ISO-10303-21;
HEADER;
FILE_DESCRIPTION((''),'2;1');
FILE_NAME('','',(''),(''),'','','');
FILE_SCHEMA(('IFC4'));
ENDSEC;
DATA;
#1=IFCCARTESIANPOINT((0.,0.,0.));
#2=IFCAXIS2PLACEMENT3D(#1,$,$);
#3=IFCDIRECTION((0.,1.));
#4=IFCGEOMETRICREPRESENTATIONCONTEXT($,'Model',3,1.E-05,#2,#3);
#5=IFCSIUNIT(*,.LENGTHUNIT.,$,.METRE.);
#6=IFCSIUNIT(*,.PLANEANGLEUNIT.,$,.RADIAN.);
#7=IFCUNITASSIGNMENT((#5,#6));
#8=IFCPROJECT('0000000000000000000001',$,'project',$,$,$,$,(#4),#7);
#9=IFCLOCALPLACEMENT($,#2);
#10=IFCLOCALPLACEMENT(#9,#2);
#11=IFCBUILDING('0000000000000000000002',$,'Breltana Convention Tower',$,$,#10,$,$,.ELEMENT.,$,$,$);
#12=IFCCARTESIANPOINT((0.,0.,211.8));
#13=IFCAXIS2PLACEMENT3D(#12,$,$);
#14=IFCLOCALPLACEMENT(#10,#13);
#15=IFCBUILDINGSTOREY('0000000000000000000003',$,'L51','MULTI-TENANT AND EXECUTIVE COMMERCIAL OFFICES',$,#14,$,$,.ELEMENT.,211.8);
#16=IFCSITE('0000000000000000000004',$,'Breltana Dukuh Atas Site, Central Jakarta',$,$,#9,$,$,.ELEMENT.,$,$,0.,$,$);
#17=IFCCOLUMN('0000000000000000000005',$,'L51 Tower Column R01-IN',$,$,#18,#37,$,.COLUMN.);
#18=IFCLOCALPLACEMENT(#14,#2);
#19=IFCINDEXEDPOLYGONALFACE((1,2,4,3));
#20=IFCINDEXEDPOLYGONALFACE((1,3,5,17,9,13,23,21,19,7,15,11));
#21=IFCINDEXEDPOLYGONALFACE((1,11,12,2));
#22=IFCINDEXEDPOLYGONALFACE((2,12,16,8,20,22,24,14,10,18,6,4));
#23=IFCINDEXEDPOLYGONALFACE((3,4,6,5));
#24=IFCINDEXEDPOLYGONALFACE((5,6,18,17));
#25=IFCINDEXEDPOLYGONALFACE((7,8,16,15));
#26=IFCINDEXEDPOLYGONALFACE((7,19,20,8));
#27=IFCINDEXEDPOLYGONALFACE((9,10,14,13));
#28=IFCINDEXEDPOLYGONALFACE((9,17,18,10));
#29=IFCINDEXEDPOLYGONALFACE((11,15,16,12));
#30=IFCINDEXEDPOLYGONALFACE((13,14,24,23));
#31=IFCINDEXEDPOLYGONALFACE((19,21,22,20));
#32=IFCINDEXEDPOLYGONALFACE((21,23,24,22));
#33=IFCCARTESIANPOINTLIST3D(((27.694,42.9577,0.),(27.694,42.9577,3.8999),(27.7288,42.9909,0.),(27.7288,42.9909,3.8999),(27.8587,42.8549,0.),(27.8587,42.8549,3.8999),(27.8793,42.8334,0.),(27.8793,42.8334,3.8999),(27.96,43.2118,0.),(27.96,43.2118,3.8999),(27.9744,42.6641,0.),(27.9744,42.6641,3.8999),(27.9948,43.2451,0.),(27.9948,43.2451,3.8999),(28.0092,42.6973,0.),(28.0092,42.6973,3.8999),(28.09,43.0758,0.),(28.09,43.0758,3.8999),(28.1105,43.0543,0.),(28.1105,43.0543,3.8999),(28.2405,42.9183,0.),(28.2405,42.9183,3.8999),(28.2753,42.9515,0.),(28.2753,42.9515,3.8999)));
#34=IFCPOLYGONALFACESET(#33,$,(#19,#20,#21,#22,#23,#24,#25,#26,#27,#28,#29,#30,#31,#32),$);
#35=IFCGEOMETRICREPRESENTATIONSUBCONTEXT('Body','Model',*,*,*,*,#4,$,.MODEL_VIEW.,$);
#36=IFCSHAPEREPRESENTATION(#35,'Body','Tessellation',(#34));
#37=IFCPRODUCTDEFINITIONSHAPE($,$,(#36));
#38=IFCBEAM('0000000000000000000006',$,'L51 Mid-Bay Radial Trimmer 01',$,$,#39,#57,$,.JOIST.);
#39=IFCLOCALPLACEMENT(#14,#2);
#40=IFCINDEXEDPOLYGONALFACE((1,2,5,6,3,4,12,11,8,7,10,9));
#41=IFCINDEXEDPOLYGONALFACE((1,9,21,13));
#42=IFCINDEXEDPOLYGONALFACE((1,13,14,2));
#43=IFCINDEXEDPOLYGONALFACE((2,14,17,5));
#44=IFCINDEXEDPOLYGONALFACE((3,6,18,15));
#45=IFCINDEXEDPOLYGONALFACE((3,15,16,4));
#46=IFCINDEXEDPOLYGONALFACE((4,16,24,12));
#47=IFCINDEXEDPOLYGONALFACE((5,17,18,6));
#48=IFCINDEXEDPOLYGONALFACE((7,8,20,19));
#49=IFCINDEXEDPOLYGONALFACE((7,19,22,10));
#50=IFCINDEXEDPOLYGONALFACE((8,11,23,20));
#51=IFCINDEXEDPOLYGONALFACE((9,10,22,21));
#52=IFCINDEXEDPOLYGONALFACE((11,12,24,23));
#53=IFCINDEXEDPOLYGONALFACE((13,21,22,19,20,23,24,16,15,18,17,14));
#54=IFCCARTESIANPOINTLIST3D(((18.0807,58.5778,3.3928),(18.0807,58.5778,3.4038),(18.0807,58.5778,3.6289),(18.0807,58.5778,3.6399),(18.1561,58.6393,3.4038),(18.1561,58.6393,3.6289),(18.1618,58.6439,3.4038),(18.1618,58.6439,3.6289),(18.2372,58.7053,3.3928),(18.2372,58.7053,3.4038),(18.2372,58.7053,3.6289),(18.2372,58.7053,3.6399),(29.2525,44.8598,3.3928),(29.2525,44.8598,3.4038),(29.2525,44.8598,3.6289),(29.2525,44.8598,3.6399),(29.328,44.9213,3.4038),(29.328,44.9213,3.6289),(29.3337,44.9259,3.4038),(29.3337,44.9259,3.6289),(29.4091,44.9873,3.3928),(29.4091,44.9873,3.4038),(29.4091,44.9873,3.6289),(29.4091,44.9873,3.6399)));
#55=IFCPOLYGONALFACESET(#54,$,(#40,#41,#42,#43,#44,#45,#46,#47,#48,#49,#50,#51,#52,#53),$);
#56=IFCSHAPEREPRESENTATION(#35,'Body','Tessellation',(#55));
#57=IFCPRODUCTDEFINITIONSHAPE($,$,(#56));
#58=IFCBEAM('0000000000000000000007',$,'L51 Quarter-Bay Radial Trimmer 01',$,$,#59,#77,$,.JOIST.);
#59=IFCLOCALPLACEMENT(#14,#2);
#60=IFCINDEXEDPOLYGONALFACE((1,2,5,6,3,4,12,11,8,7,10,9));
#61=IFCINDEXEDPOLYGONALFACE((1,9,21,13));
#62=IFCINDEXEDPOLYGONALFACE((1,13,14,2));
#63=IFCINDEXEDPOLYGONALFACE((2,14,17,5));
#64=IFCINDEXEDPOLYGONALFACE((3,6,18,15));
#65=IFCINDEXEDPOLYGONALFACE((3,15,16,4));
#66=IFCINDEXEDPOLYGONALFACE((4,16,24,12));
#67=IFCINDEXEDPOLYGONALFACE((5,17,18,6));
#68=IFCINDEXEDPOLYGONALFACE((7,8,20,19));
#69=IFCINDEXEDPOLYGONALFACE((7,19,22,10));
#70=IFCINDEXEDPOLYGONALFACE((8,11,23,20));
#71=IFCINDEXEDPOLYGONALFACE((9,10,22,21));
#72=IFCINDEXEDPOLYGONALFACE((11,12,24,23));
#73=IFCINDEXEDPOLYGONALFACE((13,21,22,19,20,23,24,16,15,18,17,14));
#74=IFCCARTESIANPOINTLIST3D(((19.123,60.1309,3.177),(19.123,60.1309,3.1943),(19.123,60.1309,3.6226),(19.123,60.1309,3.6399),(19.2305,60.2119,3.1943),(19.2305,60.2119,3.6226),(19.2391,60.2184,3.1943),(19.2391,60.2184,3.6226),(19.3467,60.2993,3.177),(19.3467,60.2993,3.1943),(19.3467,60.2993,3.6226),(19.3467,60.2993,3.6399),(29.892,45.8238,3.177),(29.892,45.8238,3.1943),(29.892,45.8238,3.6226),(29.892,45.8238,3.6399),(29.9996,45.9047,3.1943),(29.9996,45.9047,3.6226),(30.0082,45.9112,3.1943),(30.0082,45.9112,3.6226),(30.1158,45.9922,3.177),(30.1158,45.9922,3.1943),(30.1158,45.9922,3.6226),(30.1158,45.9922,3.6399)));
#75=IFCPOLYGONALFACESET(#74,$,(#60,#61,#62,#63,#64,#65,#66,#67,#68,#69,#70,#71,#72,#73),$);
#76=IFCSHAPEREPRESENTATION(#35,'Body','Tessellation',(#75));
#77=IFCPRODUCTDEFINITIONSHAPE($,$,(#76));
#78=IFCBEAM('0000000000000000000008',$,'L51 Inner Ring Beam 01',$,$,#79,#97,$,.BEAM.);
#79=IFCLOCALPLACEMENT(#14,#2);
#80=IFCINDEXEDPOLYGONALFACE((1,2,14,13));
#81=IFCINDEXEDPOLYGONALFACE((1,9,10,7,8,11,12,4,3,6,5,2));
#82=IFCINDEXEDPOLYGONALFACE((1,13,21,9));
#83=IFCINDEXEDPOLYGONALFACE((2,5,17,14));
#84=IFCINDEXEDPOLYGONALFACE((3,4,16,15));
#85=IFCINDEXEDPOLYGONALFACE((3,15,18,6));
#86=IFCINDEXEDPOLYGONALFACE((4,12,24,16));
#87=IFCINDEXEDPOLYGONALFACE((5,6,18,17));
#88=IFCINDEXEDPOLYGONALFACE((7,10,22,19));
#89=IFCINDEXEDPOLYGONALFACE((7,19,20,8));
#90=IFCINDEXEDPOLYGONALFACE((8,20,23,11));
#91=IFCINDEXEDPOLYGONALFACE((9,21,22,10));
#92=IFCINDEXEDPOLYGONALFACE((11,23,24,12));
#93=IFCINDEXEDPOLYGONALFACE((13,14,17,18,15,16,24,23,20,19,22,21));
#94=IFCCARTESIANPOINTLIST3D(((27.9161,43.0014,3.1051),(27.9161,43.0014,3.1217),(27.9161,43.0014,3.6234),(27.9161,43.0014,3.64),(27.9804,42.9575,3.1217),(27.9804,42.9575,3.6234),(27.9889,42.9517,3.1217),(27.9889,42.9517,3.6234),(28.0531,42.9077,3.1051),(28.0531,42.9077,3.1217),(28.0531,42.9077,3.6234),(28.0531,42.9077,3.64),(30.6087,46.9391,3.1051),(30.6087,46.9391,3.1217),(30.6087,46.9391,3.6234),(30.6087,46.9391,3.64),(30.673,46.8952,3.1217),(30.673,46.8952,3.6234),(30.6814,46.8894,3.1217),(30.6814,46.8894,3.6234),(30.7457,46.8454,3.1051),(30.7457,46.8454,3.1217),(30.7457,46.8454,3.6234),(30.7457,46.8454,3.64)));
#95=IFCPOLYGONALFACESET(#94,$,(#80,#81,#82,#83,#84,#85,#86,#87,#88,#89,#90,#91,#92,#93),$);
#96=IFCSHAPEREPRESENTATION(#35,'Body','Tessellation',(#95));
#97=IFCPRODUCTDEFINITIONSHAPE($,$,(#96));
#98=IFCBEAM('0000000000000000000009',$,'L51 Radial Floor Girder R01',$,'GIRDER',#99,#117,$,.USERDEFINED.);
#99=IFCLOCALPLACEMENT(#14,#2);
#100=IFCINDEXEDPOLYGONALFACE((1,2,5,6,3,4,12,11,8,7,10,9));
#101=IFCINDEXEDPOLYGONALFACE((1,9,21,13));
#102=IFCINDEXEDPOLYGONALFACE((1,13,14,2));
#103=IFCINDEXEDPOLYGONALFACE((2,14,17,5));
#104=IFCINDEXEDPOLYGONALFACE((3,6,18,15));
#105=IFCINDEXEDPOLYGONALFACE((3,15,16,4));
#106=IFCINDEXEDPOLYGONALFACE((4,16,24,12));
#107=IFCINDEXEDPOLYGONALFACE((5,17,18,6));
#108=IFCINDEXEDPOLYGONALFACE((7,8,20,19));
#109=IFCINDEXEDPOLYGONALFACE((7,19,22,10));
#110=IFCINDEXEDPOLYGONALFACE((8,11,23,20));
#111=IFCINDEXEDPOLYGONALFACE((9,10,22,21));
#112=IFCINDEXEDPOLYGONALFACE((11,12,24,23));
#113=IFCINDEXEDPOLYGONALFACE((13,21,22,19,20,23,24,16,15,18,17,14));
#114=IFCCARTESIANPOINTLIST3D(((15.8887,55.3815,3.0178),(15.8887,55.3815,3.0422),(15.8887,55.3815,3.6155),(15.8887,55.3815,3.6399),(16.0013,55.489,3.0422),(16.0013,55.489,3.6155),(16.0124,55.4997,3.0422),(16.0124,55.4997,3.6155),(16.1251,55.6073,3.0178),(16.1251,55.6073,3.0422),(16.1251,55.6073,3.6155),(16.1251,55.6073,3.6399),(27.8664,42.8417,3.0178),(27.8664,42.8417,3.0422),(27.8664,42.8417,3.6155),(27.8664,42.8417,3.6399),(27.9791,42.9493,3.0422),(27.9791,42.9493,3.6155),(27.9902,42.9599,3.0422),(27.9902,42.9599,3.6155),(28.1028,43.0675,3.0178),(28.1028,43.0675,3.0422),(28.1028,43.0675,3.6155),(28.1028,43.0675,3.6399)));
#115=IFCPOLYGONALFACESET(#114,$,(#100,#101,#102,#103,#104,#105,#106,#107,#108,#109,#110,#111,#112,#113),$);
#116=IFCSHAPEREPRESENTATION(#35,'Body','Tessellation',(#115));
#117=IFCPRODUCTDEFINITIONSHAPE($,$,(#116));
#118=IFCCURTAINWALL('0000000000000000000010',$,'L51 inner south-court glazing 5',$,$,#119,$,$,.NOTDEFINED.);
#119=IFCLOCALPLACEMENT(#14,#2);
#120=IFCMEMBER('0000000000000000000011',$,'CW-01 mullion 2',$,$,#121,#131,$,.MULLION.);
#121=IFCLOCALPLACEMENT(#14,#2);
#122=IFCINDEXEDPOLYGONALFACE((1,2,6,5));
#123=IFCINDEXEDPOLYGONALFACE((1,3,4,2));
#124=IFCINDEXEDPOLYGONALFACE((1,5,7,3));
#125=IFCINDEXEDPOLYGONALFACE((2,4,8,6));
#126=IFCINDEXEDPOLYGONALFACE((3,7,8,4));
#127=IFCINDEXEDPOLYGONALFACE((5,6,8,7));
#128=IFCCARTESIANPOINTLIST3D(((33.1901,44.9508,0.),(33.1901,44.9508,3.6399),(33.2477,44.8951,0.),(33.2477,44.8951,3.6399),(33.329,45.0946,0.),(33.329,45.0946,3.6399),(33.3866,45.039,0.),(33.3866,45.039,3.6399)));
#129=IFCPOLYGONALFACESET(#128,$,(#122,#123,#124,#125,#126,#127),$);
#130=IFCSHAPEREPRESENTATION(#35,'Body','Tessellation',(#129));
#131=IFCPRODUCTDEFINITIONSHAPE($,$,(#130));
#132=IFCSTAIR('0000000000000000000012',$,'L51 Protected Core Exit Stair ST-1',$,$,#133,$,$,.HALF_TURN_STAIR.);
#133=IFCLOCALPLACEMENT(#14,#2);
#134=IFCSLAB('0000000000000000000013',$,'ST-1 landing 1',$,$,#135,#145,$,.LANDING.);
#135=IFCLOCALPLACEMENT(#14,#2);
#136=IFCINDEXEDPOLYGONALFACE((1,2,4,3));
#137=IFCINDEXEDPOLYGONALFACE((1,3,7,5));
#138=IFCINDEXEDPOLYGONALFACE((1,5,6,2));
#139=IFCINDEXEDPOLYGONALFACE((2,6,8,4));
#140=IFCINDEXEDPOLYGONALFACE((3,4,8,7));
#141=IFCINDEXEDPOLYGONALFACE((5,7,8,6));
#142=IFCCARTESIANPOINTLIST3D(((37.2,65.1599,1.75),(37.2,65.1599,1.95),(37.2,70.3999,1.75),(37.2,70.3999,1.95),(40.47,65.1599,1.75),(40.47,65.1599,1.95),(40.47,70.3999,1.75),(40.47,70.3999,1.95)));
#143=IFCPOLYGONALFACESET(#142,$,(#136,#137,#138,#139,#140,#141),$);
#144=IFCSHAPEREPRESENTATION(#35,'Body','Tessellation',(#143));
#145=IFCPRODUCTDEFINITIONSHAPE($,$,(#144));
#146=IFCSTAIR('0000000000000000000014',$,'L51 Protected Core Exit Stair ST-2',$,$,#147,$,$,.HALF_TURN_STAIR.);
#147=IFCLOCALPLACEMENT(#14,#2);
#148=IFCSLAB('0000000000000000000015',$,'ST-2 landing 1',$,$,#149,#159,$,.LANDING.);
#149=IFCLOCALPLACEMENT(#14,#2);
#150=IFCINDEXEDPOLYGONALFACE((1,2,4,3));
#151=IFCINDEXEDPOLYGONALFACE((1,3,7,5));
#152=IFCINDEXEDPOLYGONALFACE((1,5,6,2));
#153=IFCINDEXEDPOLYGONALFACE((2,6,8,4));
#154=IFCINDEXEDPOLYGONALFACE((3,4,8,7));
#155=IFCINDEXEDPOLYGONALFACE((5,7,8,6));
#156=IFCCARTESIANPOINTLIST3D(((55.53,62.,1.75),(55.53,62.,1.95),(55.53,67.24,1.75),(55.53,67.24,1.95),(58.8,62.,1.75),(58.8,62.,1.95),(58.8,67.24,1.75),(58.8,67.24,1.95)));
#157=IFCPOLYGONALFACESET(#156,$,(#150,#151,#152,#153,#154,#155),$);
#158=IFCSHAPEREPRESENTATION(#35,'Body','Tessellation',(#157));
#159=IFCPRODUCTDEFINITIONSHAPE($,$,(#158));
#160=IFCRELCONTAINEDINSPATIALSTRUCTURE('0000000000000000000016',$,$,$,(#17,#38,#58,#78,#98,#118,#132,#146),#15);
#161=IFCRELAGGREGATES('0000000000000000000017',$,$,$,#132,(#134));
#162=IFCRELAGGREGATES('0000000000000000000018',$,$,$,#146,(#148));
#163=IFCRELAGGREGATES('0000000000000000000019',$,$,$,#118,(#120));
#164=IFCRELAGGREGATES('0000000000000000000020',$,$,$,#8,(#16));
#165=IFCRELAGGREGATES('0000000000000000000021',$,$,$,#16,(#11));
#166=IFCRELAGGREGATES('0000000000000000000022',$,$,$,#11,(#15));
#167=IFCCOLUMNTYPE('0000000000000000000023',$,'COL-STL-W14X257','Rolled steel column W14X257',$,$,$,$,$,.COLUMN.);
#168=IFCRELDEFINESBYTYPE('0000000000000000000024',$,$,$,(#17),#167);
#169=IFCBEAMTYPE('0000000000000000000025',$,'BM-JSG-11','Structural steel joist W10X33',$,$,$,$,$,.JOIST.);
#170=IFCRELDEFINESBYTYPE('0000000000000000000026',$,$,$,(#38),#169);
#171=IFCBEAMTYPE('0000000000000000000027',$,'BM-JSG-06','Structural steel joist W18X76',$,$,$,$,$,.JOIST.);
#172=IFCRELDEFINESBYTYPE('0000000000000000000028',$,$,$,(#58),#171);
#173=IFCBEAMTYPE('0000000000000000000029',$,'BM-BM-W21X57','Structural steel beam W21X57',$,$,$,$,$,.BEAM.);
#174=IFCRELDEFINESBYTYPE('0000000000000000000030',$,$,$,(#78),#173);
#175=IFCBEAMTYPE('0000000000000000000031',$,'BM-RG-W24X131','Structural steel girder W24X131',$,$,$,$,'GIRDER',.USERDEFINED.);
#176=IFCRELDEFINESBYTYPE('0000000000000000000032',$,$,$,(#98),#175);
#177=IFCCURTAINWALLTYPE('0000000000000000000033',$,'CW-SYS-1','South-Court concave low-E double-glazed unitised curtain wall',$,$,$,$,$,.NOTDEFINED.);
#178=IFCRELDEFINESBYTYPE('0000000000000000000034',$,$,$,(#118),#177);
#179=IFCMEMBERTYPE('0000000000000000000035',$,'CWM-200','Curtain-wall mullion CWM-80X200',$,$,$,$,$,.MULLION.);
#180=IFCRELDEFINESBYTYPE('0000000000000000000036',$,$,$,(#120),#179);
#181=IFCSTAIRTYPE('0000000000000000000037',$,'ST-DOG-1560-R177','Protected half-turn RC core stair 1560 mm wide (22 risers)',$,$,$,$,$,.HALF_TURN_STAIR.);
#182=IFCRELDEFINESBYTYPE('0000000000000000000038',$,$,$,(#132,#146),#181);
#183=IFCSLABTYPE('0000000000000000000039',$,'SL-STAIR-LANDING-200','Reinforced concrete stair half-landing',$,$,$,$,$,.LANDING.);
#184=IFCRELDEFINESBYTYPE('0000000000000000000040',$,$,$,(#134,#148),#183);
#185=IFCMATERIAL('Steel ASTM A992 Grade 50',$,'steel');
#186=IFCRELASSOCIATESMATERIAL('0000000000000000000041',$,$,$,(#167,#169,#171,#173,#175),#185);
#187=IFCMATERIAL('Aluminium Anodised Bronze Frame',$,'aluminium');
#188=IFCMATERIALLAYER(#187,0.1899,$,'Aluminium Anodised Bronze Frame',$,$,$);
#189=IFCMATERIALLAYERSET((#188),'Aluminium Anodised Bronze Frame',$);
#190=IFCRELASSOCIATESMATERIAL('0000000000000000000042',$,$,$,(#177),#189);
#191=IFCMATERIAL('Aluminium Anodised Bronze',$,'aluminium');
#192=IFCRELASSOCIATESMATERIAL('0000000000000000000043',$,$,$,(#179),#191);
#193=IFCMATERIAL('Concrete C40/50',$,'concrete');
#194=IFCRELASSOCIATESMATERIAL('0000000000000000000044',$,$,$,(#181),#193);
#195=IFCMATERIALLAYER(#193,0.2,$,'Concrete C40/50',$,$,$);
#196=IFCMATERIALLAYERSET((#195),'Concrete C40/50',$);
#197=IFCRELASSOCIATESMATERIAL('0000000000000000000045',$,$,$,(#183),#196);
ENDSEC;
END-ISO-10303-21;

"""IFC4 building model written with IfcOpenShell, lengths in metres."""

from ifc_helpers import new_model, si_unit, direction, frame, origin, origin_2d, place, context, subcontext, project, spatial, polyline, rectangle, i_section, outline, extrude, source, transform, mapped, material, layer, layer_set, material_profile, profile_set, type_object, type_shapes, element, aggregate, save


model = new_model("IFC4")

# Units and contexts
model_context = context("Model", 3, precision=1e-05, world=origin(), true_north=direction((0.0, 1.0)))
body_context = subcontext(model_context, "Body", "Model", "MODEL_VIEW")
ifc_project = project(units=[si_unit("LENGTHUNIT", "METRE"), si_unit("PLANEANGLEUNIT", "RADIAN")], contexts=[model_context])

# Site, building, storey
site_placement = place(None, origin())
site = spatial("IfcSite", under=ifc_project, at=site_placement, Name="Breltana Dukuh Atas Site, Central Jakarta", CompositionType="ELEMENT", RefElevation=0.0)
building_placement = place(site_placement, origin())
building = spatial("IfcBuilding", under=site, at=building_placement, Name="Breltana Convention Tower", CompositionType="ELEMENT")
storey_placement = place(building_placement, frame((0.0, 0.0, 211.8)))
storey = spatial("IfcBuildingStorey", under=building, at=storey_placement, Name="L51", Description="MULTI-TENANT AND EXECUTIVE COMMERCIAL OFFICES", CompositionType="ELEMENT", Elevation=211.8)

# Column
ifc_material_1 = material(Name="Steel ASTM A992 Grade 50", Category="steel")
ifc_material_profile_1 = material_profile(ifc_material_1, i_section(OverallWidth=0.406, OverallDepth=0.416, WebThickness=0.0298, FlangeThickness=0.0481, at=origin_2d()), Name="W14X257")
ifc_profile_set_1 = profile_set([ifc_material_profile_1], Name="Steel ASTM A992 Grade 50")
column_type = type_object("IfcColumnType", Name="COL-STL-W14X257", Description="Rolled steel column W14X257", PredefinedType="COLUMN", material=ifc_profile_set_1)
shared_shape_1 = source(origin(), body_context, "Body", "SweptSolid", [
    extrude(i_section(OverallWidth=0.406, OverallDepth=0.416, WebThickness=0.0298, FlangeThickness=0.0481, at=origin_2d()), origin(), (0.0, 0.0, 1.0), 3.8999),
])
column_placement = place(storey_placement, frame((27.9846, 42.9546, 0.0), z_axis=(0.0, 0.0, 1.0), x_axis=(-0.690756, 0.723088, 0.0)))
element("IfcColumn", 1, at=column_placement, inside=storey, type_object=column_type, Name="L51 Tower Column R01-IN", PredefinedType="COLUMN", context=body_context, shape_type="MappedRepresentation", body=[
    mapped(shared_shape_1, transform((0.0, 0.0, 0.0), scale=1.0)),
])

# Beams
ifc_material_profile_2 = material_profile(ifc_material_1, i_section(OverallWidth=0.2019, OverallDepth=0.2471, WebThickness=0.0073, FlangeThickness=0.011, at=origin_2d()), Name="W10X33")
ifc_profile_set_2 = profile_set([ifc_material_profile_2], Name="Steel ASTM A992 Grade 50")
beam_type_1 = type_object("IfcBeamType", Name="BM-JSG-11", Description="Structural steel joist W10X33", PredefinedType="JOIST", material=ifc_profile_set_2)
shared_shape_2 = source(origin(), body_context, "Body", "SweptSolid", [
    extrude(i_section(OverallWidth=0.2019, OverallDepth=0.2471, WebThickness=0.0073, FlangeThickness=0.011, at=origin_2d()), origin(), (0.0, 0.0, 1.0), 17.6917),
])
type_shapes(beam_type_1, [shared_shape_2])
beam_1_placement = place(storey_placement, frame((29.3308, 44.9236, 3.5164), z_axis=(-0.631477, 0.775395, 0.0), x_axis=(-0.775395, -0.631477, 0.0)))
element("IfcBeam", 2, at=beam_1_placement, inside=storey, type_object=beam_type_1, Name="L51 Mid-Bay Radial Trimmer 01", PredefinedType="JOIST", context=body_context, shape_type="MappedRepresentation", body=[
    mapped(shared_shape_2, transform((0.0, 0.0, 0.0), scale=1.0)),
])
ifc_material_profile_3 = material_profile(ifc_material_1, i_section(OverallWidth=0.28, OverallDepth=0.4629, WebThickness=0.0107, FlangeThickness=0.0173, at=origin_2d()), Name="W18X76")
ifc_profile_set_3 = profile_set([ifc_material_profile_3], Name="Steel ASTM A992 Grade 50")
beam_type_2 = type_object("IfcBeamType", Name="BM-JSG-06", Description="Structural steel joist W18X76", PredefinedType="JOIST", material=ifc_profile_set_3)
shared_shape_3 = source(origin(), body_context, "Body", "SweptSolid", [
    extrude(i_section(OverallWidth=0.28, OverallDepth=0.4629, WebThickness=0.0107, FlangeThickness=0.0173, at=origin_2d()), origin(), (0.0, 0.0, 1.0), 17.9072),
])
beam_2_placement = place(storey_placement, frame((30.0039, 45.908, 3.4084), z_axis=(-0.601382, 0.798962, 0.0), x_axis=(-0.798962, -0.601382, 0.0)))
element("IfcBeam", 3, at=beam_2_placement, inside=storey, type_object=beam_type_2, Name="L51 Quarter-Bay Radial Trimmer 01", PredefinedType="JOIST", context=body_context, shape_type="MappedRepresentation", body=[
    mapped(shared_shape_3, transform((0.0, 0.0, 0.0), scale=1.0)),
])
ifc_material_profile_4 = material_profile(ifc_material_1, i_section(OverallWidth=0.166, OverallDepth=0.5349, WebThickness=0.0103, FlangeThickness=0.0166, at=origin_2d()), Name="W21X57")
ifc_profile_set_4 = profile_set([ifc_material_profile_4], Name="Steel ASTM A992 Grade 50")
beam_type_3 = type_object("IfcBeamType", Name="BM-BM-W21X57", Description="Structural steel beam W21X57", PredefinedType="BEAM", material=ifc_profile_set_4)
shared_shape_4 = source(origin(), body_context, "Body", "SweptSolid", [
    extrude(i_section(OverallWidth=0.166, OverallDepth=0.5349, WebThickness=0.0103, FlangeThickness=0.0166, at=origin_2d()), origin(), (0.0, 0.0, 1.0), 4.7703),
])
beam_3_placement = place(storey_placement, frame((27.9846, 42.9546, 3.3726), z_axis=(0.564453, 0.825465, 0.0), x_axis=(-0.825465, 0.564453, 0.0)))
element("IfcBeam", 4, at=beam_3_placement, inside=storey, type_object=beam_type_3, Name="L51 Inner Ring Beam 01", PredefinedType="BEAM", context=body_context, shape_type="MappedRepresentation", body=[
    mapped(shared_shape_4, transform((0.0, 0.0, 0.0), scale=1.0)),
])
ifc_material_profile_5 = material_profile(ifc_material_1, i_section(OverallWidth=0.3269, OverallDepth=0.6221, WebThickness=0.0154, FlangeThickness=0.0244, at=origin_2d()), Name="W24X131")
ifc_profile_set_5 = profile_set([ifc_material_profile_5], Name="Steel ASTM A992 Grade 50")
beam_type_4 = type_object("IfcBeamType", Name="BM-RG-W24X131", Description="Structural steel girder W24X131", ElementType="GIRDER", PredefinedType="USERDEFINED", material=ifc_profile_set_5)
shared_shape_5 = source(origin(), body_context, "Body", "SweptSolid", [
    extrude(i_section(OverallWidth=0.3269, OverallDepth=0.6221, WebThickness=0.0154, FlangeThickness=0.0244, at=origin_2d()), origin(), (0.0, 0.0, 1.0), 17.3411),
])
type_shapes(beam_type_4, [shared_shape_5])
beam_4_placement = place(storey_placement, frame((27.9846, 42.9546, 3.3289), z_axis=(-0.690716, 0.723126, 0.0), x_axis=(-0.723126, -0.690716, 0.0)))
element("IfcBeam", 5, at=beam_4_placement, inside=storey, type_object=beam_type_4, Name="L51 Radial Floor Girder R01", ObjectType="GIRDER", PredefinedType="USERDEFINED", context=body_context, shape_type="MappedRepresentation", body=[
    mapped(shared_shape_5, transform((0.0, 0.0, 0.0), scale=1.0)),
])

# Curtain wall, member
ifc_material_2 = material(Name="Aluminium Anodised Bronze Frame", Category="aluminium")
ifc_layer_1 = layer(ifc_material_2, 0.1899, Name="Aluminium Anodised Bronze Frame")
ifc_layer_set_1 = layer_set([ifc_layer_1], Name="Aluminium Anodised Bronze Frame")
curtain_wall_type = type_object("IfcCurtainWallType", Name="CW-SYS-1", Description="South-Court concave low-E double-glazed unitised curtain wall", PredefinedType="NOTDEFINED", material=ifc_layer_set_1)
curtain_wall_placement = place(storey_placement, origin())
curtain_wall = element("IfcCurtainWall", 6, at=curtain_wall_placement, inside=storey, type_object=curtain_wall_type, Name="L51 inner south-court glazing 5", PredefinedType="NOTDEFINED")
ifc_material_3 = material(Name="Aluminium Anodised Bronze", Category="aluminium")
ifc_material_profile_6 = material_profile(ifc_material_3, rectangle(XDim=0.0801, YDim=0.2, at=origin_2d()), Name="CWM-80X200")
ifc_profile_set_6 = profile_set([ifc_material_profile_6], Name="Aluminium Anodised Bronze")
member_type = type_object("IfcMemberType", Name="CWM-200", Description="Curtain-wall mullion CWM-80X200", PredefinedType="MULLION", material=ifc_profile_set_6)
shared_shape_6 = source(origin(), body_context, "Body", "SweptSolid", [
    extrude(rectangle(XDim=0.0801, YDim=0.2, at=origin_2d()), origin(), (0.0, 0.0, 1.0), 3.6399),
])
member_placement = place(storey_placement, frame((33.2883, 44.9949, 0.0), z_axis=(0.0, 0.0, 1.0), x_axis=(0.719366, -0.694632, 0.0)))
member = element("IfcMember", 7, at=member_placement, type_object=member_type, Name="CW-01 mullion 2", PredefinedType="MULLION", context=body_context, shape_type="MappedRepresentation", body=[
    mapped(shared_shape_6, transform((0.0, 0.0, 0.0), scale=1.0)),
])

# Stairs, slabs
ifc_material_4 = material(Name="Concrete C40/50", Category="concrete")
stair_type = type_object("IfcStairType", Name="ST-DOG-1560-R177", Description="Protected half-turn RC core stair 1560 mm wide (22 risers)", PredefinedType="HALF_TURN_STAIR", material=ifc_material_4)
stair_1_placement = place(storey_placement, origin())
stair_1 = element("IfcStair", 8, at=stair_1_placement, inside=storey, type_object=stair_type, Name="L51 Protected Core Exit Stair ST-1", PredefinedType="HALF_TURN_STAIR")
ifc_layer_2 = layer(ifc_material_4, 0.2, Name="Concrete C40/50")
ifc_layer_set_2 = layer_set([ifc_layer_2], Name="Concrete C40/50")
slab_type_1 = type_object("IfcSlabType", Name="SL-STAIR-LANDING-200", Description="Reinforced concrete stair half-landing", PredefinedType="LANDING", material=ifc_layer_set_2)
slab_1_placement = place(storey_placement, frame((0.0, 0.0, 1.75)))
slab_1 = element("IfcSlab", 9, at=slab_1_placement, type_object=slab_type_1, Name="ST-1 landing 1", PredefinedType="LANDING", context=body_context, shape_type="SweptSolid", body=[
    extrude(outline(polyline([(40.47, 65.1599), (40.47, 70.3999), (37.2, 70.3999), (37.2, 65.1599), (40.47, 65.1599)])), origin(), (0.0, 0.0, 1.0), 0.2),
])
aggregate(stair_1, [slab_1])
stair_2_placement = place(storey_placement, origin())
stair_2 = element("IfcStair", 10, at=stair_2_placement, inside=storey, type_object=stair_type, Name="L51 Protected Core Exit Stair ST-2", PredefinedType="HALF_TURN_STAIR")
slab_2_placement = place(storey_placement, frame((0.0, 0.0, 1.75)))
slab_2 = element("IfcSlab", 11, at=slab_2_placement, type_object=slab_type_1, Name="ST-2 landing 1", PredefinedType="LANDING", context=body_context, shape_type="SweptSolid", body=[
    extrude(outline(polyline([(55.53, 67.24), (55.53, 62.0), (58.8, 62.0), (58.8, 67.24), (55.53, 67.24)])), origin(), (0.0, 0.0, 1.0), 0.2),
])
aggregate(stair_2, [slab_2])

aggregate(curtain_wall, [member])

save(model, "model.ifc")
